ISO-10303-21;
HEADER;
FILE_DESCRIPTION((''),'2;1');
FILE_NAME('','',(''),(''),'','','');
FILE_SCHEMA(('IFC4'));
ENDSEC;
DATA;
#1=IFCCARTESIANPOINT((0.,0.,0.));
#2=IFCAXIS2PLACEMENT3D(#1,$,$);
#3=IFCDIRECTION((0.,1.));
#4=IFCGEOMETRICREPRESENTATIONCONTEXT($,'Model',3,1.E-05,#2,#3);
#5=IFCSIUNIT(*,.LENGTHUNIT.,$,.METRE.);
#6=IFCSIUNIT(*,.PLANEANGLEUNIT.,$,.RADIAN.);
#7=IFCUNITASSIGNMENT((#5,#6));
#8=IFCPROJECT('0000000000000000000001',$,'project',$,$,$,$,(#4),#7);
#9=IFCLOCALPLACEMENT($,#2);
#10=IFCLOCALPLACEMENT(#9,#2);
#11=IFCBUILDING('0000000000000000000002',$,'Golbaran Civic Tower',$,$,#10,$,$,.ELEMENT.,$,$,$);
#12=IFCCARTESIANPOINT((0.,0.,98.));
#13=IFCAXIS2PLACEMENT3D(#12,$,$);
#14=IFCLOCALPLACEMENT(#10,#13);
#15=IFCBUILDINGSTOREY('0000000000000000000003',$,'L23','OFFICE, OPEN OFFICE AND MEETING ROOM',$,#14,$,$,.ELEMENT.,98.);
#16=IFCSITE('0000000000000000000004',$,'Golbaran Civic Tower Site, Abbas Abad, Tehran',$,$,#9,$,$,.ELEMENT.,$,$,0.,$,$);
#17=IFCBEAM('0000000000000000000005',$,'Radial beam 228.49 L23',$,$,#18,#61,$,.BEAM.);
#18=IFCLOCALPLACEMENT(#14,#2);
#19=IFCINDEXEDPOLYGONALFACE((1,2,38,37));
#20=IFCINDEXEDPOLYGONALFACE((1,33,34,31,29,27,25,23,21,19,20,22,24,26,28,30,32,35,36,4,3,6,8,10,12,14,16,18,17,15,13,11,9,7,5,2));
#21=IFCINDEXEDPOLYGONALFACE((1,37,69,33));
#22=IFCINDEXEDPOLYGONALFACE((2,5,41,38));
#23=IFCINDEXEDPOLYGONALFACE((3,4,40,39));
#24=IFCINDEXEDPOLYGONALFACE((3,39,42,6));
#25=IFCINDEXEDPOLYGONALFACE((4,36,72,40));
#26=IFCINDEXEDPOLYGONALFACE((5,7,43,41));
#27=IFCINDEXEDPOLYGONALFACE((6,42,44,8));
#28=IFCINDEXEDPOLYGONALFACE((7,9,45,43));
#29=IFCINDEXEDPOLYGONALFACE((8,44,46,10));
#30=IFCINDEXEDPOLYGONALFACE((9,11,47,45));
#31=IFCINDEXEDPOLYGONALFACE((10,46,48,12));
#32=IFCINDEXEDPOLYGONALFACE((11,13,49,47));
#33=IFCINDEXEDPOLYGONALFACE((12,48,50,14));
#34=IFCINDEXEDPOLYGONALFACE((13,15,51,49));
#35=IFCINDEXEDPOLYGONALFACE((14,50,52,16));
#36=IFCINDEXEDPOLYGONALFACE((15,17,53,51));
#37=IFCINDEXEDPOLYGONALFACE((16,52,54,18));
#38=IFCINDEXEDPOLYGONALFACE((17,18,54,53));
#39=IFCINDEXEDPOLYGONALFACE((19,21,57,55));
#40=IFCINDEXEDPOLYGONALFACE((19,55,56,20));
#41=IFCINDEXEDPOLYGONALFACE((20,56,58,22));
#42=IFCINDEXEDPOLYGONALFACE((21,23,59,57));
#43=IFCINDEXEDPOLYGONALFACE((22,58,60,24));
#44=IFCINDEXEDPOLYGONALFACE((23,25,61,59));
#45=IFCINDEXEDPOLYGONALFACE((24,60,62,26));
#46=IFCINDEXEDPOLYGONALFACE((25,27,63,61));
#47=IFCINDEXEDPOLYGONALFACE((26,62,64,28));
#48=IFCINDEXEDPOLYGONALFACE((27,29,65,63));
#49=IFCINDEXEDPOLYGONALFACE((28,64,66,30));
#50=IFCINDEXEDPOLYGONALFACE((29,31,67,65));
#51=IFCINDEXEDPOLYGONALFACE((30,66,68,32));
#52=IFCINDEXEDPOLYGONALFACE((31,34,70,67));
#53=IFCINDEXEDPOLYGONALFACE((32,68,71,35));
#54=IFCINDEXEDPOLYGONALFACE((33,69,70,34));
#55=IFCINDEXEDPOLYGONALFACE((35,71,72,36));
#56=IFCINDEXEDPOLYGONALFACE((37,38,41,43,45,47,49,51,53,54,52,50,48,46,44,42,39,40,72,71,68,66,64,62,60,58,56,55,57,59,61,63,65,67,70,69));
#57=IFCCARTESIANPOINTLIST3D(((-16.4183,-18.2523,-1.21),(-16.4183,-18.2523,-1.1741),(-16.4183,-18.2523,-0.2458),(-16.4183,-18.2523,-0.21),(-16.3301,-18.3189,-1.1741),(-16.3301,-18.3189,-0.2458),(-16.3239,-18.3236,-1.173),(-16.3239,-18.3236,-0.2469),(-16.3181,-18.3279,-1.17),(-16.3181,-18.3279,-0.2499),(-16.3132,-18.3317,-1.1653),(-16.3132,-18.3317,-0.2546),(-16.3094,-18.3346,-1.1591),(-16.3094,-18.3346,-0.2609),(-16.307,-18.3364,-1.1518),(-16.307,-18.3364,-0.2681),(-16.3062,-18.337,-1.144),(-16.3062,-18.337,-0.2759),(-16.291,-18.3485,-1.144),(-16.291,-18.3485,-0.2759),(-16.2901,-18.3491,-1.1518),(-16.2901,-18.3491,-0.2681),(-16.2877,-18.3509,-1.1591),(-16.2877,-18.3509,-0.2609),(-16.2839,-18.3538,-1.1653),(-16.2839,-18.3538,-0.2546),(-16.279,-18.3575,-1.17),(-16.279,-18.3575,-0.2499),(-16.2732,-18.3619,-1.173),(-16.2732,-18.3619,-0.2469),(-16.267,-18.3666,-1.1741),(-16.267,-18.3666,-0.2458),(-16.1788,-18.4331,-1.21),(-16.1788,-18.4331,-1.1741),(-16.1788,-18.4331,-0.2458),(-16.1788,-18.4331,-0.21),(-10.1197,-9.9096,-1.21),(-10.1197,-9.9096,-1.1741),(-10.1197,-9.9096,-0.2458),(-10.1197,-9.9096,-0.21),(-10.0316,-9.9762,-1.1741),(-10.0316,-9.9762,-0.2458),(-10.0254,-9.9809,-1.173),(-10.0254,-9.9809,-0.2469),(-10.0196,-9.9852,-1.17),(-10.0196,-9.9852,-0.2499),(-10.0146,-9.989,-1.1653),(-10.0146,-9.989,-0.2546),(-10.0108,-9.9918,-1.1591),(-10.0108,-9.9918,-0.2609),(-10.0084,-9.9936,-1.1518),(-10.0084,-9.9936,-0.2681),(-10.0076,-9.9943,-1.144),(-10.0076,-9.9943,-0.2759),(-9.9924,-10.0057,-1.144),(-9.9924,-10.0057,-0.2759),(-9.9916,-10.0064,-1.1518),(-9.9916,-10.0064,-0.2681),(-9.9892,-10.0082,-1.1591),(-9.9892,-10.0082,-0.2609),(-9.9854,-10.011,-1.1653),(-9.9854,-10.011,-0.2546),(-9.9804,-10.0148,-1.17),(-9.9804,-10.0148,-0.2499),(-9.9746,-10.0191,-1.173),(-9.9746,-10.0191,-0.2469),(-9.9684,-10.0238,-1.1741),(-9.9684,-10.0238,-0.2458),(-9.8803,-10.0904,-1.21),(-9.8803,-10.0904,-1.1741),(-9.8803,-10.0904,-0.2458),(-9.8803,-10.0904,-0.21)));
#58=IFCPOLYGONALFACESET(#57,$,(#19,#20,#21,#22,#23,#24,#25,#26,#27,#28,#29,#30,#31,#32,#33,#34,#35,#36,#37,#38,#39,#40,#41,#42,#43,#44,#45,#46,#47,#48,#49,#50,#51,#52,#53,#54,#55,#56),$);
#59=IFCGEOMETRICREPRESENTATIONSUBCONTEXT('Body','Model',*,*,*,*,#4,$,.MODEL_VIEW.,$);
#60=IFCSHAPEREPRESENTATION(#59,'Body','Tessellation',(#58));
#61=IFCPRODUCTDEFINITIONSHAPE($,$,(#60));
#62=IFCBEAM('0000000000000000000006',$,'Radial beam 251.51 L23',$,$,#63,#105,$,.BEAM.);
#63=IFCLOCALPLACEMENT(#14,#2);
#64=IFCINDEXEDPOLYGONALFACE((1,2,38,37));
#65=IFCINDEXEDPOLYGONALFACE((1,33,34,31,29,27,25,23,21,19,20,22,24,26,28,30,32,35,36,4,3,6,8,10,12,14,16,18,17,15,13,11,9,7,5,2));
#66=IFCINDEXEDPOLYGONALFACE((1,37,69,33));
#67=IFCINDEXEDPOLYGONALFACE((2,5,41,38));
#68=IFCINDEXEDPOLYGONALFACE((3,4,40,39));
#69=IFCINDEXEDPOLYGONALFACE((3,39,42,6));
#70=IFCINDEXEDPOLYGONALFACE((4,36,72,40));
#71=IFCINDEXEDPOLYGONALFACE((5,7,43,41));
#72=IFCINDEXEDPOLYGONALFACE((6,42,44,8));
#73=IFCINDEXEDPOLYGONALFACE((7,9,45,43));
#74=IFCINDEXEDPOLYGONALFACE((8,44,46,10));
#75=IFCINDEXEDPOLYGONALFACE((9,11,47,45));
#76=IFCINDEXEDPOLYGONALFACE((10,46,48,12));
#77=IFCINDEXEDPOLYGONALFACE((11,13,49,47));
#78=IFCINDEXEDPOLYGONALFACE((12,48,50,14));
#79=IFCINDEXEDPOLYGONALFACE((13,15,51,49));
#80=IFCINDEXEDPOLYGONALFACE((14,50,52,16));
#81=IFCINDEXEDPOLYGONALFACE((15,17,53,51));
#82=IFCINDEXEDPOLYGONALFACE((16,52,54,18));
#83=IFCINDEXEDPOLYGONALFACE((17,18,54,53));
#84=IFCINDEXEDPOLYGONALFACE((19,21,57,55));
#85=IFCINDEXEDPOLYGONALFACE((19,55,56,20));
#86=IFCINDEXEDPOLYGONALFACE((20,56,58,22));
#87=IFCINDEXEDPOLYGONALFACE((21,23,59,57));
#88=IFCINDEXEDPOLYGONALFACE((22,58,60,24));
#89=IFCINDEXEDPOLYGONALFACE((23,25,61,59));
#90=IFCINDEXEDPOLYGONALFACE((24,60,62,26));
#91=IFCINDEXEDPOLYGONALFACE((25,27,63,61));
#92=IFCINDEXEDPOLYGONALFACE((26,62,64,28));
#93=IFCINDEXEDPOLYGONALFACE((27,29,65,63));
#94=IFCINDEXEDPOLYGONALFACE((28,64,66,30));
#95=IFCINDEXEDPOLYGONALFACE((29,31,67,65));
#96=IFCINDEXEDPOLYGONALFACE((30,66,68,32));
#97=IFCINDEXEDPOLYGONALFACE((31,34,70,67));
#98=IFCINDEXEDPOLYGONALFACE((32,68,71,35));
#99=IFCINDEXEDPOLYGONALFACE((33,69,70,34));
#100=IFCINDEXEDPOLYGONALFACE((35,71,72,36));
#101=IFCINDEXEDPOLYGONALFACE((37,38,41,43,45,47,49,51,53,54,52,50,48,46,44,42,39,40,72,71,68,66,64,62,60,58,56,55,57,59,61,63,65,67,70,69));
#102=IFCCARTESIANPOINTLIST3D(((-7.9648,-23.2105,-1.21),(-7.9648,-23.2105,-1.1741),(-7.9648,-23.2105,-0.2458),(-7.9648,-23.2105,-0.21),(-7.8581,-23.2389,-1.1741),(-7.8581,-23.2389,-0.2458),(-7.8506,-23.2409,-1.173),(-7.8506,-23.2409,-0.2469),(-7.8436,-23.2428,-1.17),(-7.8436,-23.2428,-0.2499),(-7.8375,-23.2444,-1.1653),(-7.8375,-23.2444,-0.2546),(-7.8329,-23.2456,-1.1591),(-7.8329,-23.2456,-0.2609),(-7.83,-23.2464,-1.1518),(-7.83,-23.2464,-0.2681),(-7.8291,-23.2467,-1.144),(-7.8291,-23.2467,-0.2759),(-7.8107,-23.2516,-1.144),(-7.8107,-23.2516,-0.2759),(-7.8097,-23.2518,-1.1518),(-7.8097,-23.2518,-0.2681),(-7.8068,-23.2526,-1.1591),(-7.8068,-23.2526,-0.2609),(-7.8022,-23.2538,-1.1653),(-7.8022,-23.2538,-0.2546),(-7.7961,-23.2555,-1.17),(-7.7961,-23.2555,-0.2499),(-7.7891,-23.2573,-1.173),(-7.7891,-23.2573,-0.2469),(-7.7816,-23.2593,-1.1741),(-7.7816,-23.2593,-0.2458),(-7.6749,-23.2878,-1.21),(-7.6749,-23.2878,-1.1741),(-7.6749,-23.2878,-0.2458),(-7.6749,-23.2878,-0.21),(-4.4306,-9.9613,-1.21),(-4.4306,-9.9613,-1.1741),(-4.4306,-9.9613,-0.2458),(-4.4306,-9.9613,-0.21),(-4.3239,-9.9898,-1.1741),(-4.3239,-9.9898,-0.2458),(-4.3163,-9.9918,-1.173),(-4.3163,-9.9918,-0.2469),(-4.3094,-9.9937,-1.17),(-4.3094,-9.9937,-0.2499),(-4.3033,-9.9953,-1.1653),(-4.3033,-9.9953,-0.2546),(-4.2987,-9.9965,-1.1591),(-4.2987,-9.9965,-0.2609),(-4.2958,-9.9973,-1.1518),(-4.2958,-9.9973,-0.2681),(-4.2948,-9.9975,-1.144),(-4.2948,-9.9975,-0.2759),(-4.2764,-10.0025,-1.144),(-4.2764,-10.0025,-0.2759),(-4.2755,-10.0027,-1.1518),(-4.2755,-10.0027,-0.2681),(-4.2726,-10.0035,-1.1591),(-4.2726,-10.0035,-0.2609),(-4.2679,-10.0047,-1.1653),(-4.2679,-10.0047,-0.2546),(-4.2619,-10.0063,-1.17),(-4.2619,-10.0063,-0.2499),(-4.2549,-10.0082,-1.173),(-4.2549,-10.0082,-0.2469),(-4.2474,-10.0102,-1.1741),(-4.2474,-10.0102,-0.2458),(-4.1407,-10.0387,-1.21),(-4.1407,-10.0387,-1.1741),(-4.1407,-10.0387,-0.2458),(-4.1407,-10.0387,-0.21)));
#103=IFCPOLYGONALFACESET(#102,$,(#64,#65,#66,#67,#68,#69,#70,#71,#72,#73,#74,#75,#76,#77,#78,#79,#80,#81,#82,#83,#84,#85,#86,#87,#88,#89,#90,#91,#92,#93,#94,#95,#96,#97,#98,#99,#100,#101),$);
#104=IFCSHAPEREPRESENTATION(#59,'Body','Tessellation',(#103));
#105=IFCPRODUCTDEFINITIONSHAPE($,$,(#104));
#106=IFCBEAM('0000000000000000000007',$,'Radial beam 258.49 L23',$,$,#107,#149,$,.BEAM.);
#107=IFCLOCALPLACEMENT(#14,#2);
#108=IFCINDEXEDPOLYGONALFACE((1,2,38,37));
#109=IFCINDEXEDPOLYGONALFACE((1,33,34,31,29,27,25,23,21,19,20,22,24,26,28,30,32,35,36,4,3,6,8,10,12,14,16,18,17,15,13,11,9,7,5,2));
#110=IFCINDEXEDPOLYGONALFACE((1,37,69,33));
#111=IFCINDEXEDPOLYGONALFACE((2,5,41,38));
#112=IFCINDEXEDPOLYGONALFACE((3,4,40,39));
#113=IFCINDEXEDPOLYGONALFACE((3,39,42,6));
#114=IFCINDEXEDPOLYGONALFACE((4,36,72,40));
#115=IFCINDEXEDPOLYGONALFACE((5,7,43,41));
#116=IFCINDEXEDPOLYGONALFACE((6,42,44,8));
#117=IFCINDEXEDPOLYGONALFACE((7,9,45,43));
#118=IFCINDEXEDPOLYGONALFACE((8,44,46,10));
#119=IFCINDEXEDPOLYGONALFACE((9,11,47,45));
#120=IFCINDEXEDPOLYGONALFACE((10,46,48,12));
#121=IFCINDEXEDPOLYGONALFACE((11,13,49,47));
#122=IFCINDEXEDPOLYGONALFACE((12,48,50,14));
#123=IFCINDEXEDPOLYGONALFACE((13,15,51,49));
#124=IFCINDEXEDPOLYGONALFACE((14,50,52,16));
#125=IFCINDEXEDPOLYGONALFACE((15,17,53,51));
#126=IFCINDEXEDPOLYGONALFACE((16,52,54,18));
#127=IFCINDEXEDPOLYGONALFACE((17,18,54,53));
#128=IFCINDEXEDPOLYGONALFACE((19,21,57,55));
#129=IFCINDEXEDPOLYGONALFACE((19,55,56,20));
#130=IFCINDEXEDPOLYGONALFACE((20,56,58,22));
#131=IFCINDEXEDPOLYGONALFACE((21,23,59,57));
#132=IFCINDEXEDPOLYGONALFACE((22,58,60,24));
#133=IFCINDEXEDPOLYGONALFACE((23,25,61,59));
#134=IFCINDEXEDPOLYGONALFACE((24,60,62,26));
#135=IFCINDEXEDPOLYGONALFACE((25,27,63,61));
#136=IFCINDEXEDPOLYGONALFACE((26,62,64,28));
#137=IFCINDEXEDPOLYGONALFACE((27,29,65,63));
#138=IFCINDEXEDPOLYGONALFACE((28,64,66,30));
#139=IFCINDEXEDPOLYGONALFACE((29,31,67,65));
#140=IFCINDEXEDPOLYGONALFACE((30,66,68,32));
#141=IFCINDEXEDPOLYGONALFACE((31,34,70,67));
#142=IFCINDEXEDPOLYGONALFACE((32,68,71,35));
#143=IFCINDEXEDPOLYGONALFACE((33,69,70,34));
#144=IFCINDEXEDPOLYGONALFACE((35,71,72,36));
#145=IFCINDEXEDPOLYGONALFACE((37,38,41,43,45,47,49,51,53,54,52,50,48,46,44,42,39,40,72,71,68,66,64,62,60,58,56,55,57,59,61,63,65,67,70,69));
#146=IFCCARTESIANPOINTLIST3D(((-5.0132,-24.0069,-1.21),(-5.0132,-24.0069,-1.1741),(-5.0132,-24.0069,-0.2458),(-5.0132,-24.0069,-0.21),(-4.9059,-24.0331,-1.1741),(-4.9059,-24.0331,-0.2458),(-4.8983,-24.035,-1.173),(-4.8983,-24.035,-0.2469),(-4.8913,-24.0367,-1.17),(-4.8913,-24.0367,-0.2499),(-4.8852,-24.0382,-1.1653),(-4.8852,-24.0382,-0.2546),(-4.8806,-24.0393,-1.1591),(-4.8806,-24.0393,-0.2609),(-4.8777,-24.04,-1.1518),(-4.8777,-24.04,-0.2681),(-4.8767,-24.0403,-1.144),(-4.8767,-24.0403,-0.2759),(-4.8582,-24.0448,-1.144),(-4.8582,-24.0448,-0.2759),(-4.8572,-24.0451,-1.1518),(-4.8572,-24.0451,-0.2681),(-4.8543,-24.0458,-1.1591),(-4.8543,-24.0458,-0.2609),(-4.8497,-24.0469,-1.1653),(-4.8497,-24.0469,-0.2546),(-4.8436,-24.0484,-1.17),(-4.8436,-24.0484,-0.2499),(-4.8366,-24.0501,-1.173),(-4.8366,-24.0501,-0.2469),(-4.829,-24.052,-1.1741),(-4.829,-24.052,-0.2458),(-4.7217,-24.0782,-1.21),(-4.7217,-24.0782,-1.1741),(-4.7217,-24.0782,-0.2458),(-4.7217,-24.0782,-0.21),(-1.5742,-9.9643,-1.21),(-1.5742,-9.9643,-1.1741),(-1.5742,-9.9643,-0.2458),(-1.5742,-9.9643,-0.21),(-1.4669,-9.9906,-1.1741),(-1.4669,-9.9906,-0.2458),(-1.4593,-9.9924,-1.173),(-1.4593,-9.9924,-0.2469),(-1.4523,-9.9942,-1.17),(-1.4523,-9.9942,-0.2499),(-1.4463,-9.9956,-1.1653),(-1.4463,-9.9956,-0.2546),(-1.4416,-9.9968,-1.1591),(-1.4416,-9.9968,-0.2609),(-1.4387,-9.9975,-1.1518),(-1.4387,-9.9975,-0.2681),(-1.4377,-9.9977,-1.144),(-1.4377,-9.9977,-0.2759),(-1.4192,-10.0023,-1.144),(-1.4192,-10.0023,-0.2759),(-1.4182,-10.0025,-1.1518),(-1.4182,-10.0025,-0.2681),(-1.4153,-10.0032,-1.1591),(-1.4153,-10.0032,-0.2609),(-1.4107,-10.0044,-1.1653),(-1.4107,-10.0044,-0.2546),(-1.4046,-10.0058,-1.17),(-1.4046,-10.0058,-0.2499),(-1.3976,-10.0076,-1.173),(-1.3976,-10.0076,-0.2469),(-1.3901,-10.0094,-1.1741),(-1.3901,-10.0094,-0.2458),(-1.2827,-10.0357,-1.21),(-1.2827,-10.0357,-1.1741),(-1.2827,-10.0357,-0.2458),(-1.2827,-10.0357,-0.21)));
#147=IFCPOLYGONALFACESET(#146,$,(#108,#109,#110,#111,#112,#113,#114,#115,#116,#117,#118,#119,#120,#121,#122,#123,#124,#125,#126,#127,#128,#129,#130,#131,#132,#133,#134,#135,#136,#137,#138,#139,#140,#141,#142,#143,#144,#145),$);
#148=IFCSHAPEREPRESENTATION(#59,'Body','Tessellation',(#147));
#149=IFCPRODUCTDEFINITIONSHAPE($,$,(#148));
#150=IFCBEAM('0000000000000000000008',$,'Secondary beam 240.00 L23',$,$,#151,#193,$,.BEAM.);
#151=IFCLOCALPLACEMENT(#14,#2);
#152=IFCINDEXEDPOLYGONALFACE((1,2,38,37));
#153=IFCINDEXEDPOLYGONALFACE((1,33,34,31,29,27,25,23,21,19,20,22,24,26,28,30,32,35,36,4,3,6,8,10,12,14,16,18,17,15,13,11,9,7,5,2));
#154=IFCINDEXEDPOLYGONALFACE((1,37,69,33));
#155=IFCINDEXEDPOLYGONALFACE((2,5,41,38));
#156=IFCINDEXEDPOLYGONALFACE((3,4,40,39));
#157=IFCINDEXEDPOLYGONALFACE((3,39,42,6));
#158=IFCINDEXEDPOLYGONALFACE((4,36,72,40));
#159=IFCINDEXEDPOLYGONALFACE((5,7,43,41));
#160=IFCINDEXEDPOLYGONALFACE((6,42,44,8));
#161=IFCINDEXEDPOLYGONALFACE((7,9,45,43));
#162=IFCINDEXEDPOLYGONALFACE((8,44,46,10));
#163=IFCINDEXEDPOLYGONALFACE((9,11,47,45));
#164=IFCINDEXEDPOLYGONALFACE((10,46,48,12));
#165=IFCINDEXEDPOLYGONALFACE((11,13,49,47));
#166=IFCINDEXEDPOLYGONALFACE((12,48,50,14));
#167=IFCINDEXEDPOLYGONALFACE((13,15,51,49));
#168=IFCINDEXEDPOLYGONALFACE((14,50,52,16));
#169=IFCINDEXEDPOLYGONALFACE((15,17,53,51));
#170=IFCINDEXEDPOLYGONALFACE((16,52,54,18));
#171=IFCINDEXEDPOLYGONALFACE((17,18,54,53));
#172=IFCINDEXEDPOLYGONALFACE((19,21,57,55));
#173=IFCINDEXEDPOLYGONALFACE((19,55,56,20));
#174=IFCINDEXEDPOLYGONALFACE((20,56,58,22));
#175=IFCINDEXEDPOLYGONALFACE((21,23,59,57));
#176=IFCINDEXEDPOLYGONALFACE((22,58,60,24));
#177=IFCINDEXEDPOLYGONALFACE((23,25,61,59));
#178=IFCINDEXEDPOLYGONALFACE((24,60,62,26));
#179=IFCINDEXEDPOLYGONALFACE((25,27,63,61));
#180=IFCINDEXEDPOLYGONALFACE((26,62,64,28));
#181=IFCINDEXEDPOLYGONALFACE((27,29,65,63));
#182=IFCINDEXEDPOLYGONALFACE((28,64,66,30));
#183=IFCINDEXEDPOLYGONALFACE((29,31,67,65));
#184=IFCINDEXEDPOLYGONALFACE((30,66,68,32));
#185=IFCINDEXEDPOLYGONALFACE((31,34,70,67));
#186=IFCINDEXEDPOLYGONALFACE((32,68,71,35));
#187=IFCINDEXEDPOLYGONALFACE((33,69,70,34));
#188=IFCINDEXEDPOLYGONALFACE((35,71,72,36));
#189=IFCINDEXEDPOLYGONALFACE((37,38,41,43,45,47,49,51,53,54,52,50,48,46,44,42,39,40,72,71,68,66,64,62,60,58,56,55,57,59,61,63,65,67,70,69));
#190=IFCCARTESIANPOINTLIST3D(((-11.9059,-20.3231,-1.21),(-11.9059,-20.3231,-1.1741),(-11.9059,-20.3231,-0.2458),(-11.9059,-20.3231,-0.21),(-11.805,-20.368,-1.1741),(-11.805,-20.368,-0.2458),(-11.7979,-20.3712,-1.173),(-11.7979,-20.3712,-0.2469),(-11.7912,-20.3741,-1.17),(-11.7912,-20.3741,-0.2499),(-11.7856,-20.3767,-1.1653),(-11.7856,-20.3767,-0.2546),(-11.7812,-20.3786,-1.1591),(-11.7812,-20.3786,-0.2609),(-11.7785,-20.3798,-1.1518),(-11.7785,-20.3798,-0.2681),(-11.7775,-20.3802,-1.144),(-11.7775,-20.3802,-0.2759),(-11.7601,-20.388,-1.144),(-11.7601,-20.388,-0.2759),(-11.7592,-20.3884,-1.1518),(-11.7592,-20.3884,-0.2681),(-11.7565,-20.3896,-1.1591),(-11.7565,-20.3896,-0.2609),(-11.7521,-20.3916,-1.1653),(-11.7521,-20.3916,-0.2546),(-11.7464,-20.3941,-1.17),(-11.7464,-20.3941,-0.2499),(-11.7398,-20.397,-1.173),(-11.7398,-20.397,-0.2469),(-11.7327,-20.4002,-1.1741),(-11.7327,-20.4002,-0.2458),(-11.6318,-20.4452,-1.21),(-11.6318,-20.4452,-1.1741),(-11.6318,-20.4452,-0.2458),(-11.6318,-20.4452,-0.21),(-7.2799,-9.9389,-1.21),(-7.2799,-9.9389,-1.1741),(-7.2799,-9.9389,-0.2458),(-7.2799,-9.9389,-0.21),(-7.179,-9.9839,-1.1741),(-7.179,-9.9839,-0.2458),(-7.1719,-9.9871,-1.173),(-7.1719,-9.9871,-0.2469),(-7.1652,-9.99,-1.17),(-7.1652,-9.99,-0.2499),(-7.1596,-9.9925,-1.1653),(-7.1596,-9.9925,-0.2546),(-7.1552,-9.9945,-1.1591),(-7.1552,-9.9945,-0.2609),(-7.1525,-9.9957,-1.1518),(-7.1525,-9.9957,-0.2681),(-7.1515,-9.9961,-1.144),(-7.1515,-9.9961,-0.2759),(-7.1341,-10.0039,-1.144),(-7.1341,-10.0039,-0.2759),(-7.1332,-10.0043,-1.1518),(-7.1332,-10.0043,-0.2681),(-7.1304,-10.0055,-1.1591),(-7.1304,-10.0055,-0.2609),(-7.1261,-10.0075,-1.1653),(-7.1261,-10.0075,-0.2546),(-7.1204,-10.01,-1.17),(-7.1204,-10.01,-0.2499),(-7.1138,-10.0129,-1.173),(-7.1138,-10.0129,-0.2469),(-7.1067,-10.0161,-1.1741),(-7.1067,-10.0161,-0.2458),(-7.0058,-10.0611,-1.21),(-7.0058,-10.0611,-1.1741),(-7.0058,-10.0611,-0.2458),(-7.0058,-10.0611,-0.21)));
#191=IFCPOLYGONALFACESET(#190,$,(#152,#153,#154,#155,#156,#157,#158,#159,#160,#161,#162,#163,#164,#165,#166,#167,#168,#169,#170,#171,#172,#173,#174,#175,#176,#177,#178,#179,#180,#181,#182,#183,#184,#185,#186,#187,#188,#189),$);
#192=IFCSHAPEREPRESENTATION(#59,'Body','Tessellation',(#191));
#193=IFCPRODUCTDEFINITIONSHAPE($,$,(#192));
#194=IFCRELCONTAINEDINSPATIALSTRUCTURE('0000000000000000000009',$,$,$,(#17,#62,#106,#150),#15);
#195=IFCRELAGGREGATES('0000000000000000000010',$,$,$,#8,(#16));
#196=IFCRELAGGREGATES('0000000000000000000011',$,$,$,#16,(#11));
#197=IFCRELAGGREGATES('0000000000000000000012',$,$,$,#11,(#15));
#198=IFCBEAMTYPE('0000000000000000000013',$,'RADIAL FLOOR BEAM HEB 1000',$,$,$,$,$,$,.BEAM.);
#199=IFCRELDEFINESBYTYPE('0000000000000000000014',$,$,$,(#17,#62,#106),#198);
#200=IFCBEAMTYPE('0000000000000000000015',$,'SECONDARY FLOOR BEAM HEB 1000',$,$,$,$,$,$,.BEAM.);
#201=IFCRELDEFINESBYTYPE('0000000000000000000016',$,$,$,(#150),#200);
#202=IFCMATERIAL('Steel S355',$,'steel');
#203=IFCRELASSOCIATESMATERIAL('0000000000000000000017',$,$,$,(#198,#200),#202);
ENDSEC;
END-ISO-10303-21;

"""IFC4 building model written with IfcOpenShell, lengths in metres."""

from ifc_helpers import new_model, si_unit, direction, frame, origin, origin_2d, place, context, subcontext, project, spatial, i_section, extrude, material, material_profile, profile_set, type_object, element, save


model = new_model("IFC4")

# Units and contexts
model_context = context("Model", 3, precision=1e-05, world=origin(), true_north=direction((0.0, 1.0)))
body_context = subcontext(model_context, "Body", "Model", "MODEL_VIEW")
ifc_project = project(units=[si_unit("LENGTHUNIT", "METRE"), si_unit("PLANEANGLEUNIT", "RADIAN")], contexts=[model_context])

# Site, building, storey
site_placement = place(None, origin())
site = spatial("IfcSite", under=ifc_project, at=site_placement, Name="Golbaran Civic Tower Site, Abbas Abad, Tehran", CompositionType="ELEMENT", RefElevation=0.0)
building_placement = place(site_placement, origin())
building = spatial("IfcBuilding", under=site, at=building_placement, Name="Golbaran Civic Tower", CompositionType="ELEMENT")
storey_placement = place(building_placement, frame((0.0, 0.0, 98.0)))
storey = spatial("IfcBuildingStorey", under=building, at=storey_placement, Name="L23", Description="OFFICE, OPEN OFFICE AND MEETING ROOM", CompositionType="ELEMENT", Elevation=98.0)

# Beams
ifc_material_1 = material(Name="Steel S355", Category="steel")
ifc_material_profile_1 = material_profile(ifc_material_1, i_section(OverallWidth=0.3, OverallDepth=1.0, WebThickness=0.019, FlangeThickness=0.0359, FilletRadius=0.03, at=origin_2d()), Name="HEB 1000")
ifc_profile_set_1 = profile_set([ifc_material_profile_1], Name="Steel S355")
beam_type_1 = type_object("IfcBeamType", Name="RADIAL FLOOR BEAM HEB 1000", PredefinedType="BEAM", material=ifc_profile_set_1)
beam_1_placement = place(storey_placement, frame((-10.0, -10.0, -0.71), z_axis=(-0.602538, -0.79809, 0.0), x_axis=(0.79809, -0.602538, 0.0)))
element("IfcBeam", 1, at=beam_1_placement, inside=storey, type_object=beam_type_1, Name="Radial beam 228.49 L23", PredefinedType="BEAM", context=body_context, shape_type="SweptSolid", body=[
    extrude(i_section(OverallWidth=0.3, OverallDepth=1.0, WebThickness=0.019, FlangeThickness=0.0359, FilletRadius=0.03, at=origin_2d()), origin(), (0.0, 0.0, 1.0), 10.4534),
])
beam_2_placement = place(storey_placement, frame((-4.2856, -10.0, -0.71), z_axis=(-0.257738, -0.966215, 0.0), x_axis=(0.966215, -0.257738, 0.0)))
element("IfcBeam", 2, at=beam_2_placement, inside=storey, type_object=beam_type_1, Name="Radial beam 251.51 L23", PredefinedType="BEAM", context=body_context, shape_type="SweptSolid", body=[
    extrude(i_section(OverallWidth=0.3, OverallDepth=1.0, WebThickness=0.019, FlangeThickness=0.0359, FilletRadius=0.03, at=origin_2d()), origin(), (0.0, 0.0, 1.0), 13.7124),
])
beam_3_placement = place(storey_placement, frame((-1.4285, -10.0, -0.71), z_axis=(-0.237868, -0.971297, 0.0), x_axis=(0.971297, -0.237868, 0.0)))
element("IfcBeam", 3, at=beam_3_placement, inside=storey, type_object=beam_type_1, Name="Radial beam 258.49 L23", PredefinedType="BEAM", context=body_context, shape_type="SweptSolid", body=[
    extrude(i_section(OverallWidth=0.3, OverallDepth=1.0, WebThickness=0.019, FlangeThickness=0.0359, FilletRadius=0.03, at=origin_2d()), origin(), (0.0, 0.0, 1.0), 14.4575),
])
ifc_material_profile_2 = material_profile(ifc_material_1, i_section(OverallWidth=0.3, OverallDepth=1.0, WebThickness=0.019, FlangeThickness=0.0359, FilletRadius=0.03, at=origin_2d()), Name="HEB 1000")
ifc_profile_set_2 = profile_set([ifc_material_profile_2], Name="Steel S355")
beam_type_2 = type_object("IfcBeamType", Name="SECONDARY FLOOR BEAM HEB 1000", PredefinedType="BEAM", material=ifc_profile_set_2)
beam_4_placement = place(storey_placement, frame((-7.1428, -10.0, -0.71), z_axis=(-0.406935, -0.913457, 0.0), x_axis=(0.913457, -0.406935, 0.0)))
element("IfcBeam", 4, at=beam_4_placement, inside=storey, type_object=beam_type_2, Name="Secondary beam 240.00 L23", PredefinedType="BEAM", context=body_context, shape_type="SweptSolid", body=[
    extrude(i_section(OverallWidth=0.3, OverallDepth=1.0, WebThickness=0.019, FlangeThickness=0.0359, FilletRadius=0.03, at=origin_2d()), origin(), (0.0, 0.0, 1.0), 11.3679),
])

save(model, "model.ifc")
